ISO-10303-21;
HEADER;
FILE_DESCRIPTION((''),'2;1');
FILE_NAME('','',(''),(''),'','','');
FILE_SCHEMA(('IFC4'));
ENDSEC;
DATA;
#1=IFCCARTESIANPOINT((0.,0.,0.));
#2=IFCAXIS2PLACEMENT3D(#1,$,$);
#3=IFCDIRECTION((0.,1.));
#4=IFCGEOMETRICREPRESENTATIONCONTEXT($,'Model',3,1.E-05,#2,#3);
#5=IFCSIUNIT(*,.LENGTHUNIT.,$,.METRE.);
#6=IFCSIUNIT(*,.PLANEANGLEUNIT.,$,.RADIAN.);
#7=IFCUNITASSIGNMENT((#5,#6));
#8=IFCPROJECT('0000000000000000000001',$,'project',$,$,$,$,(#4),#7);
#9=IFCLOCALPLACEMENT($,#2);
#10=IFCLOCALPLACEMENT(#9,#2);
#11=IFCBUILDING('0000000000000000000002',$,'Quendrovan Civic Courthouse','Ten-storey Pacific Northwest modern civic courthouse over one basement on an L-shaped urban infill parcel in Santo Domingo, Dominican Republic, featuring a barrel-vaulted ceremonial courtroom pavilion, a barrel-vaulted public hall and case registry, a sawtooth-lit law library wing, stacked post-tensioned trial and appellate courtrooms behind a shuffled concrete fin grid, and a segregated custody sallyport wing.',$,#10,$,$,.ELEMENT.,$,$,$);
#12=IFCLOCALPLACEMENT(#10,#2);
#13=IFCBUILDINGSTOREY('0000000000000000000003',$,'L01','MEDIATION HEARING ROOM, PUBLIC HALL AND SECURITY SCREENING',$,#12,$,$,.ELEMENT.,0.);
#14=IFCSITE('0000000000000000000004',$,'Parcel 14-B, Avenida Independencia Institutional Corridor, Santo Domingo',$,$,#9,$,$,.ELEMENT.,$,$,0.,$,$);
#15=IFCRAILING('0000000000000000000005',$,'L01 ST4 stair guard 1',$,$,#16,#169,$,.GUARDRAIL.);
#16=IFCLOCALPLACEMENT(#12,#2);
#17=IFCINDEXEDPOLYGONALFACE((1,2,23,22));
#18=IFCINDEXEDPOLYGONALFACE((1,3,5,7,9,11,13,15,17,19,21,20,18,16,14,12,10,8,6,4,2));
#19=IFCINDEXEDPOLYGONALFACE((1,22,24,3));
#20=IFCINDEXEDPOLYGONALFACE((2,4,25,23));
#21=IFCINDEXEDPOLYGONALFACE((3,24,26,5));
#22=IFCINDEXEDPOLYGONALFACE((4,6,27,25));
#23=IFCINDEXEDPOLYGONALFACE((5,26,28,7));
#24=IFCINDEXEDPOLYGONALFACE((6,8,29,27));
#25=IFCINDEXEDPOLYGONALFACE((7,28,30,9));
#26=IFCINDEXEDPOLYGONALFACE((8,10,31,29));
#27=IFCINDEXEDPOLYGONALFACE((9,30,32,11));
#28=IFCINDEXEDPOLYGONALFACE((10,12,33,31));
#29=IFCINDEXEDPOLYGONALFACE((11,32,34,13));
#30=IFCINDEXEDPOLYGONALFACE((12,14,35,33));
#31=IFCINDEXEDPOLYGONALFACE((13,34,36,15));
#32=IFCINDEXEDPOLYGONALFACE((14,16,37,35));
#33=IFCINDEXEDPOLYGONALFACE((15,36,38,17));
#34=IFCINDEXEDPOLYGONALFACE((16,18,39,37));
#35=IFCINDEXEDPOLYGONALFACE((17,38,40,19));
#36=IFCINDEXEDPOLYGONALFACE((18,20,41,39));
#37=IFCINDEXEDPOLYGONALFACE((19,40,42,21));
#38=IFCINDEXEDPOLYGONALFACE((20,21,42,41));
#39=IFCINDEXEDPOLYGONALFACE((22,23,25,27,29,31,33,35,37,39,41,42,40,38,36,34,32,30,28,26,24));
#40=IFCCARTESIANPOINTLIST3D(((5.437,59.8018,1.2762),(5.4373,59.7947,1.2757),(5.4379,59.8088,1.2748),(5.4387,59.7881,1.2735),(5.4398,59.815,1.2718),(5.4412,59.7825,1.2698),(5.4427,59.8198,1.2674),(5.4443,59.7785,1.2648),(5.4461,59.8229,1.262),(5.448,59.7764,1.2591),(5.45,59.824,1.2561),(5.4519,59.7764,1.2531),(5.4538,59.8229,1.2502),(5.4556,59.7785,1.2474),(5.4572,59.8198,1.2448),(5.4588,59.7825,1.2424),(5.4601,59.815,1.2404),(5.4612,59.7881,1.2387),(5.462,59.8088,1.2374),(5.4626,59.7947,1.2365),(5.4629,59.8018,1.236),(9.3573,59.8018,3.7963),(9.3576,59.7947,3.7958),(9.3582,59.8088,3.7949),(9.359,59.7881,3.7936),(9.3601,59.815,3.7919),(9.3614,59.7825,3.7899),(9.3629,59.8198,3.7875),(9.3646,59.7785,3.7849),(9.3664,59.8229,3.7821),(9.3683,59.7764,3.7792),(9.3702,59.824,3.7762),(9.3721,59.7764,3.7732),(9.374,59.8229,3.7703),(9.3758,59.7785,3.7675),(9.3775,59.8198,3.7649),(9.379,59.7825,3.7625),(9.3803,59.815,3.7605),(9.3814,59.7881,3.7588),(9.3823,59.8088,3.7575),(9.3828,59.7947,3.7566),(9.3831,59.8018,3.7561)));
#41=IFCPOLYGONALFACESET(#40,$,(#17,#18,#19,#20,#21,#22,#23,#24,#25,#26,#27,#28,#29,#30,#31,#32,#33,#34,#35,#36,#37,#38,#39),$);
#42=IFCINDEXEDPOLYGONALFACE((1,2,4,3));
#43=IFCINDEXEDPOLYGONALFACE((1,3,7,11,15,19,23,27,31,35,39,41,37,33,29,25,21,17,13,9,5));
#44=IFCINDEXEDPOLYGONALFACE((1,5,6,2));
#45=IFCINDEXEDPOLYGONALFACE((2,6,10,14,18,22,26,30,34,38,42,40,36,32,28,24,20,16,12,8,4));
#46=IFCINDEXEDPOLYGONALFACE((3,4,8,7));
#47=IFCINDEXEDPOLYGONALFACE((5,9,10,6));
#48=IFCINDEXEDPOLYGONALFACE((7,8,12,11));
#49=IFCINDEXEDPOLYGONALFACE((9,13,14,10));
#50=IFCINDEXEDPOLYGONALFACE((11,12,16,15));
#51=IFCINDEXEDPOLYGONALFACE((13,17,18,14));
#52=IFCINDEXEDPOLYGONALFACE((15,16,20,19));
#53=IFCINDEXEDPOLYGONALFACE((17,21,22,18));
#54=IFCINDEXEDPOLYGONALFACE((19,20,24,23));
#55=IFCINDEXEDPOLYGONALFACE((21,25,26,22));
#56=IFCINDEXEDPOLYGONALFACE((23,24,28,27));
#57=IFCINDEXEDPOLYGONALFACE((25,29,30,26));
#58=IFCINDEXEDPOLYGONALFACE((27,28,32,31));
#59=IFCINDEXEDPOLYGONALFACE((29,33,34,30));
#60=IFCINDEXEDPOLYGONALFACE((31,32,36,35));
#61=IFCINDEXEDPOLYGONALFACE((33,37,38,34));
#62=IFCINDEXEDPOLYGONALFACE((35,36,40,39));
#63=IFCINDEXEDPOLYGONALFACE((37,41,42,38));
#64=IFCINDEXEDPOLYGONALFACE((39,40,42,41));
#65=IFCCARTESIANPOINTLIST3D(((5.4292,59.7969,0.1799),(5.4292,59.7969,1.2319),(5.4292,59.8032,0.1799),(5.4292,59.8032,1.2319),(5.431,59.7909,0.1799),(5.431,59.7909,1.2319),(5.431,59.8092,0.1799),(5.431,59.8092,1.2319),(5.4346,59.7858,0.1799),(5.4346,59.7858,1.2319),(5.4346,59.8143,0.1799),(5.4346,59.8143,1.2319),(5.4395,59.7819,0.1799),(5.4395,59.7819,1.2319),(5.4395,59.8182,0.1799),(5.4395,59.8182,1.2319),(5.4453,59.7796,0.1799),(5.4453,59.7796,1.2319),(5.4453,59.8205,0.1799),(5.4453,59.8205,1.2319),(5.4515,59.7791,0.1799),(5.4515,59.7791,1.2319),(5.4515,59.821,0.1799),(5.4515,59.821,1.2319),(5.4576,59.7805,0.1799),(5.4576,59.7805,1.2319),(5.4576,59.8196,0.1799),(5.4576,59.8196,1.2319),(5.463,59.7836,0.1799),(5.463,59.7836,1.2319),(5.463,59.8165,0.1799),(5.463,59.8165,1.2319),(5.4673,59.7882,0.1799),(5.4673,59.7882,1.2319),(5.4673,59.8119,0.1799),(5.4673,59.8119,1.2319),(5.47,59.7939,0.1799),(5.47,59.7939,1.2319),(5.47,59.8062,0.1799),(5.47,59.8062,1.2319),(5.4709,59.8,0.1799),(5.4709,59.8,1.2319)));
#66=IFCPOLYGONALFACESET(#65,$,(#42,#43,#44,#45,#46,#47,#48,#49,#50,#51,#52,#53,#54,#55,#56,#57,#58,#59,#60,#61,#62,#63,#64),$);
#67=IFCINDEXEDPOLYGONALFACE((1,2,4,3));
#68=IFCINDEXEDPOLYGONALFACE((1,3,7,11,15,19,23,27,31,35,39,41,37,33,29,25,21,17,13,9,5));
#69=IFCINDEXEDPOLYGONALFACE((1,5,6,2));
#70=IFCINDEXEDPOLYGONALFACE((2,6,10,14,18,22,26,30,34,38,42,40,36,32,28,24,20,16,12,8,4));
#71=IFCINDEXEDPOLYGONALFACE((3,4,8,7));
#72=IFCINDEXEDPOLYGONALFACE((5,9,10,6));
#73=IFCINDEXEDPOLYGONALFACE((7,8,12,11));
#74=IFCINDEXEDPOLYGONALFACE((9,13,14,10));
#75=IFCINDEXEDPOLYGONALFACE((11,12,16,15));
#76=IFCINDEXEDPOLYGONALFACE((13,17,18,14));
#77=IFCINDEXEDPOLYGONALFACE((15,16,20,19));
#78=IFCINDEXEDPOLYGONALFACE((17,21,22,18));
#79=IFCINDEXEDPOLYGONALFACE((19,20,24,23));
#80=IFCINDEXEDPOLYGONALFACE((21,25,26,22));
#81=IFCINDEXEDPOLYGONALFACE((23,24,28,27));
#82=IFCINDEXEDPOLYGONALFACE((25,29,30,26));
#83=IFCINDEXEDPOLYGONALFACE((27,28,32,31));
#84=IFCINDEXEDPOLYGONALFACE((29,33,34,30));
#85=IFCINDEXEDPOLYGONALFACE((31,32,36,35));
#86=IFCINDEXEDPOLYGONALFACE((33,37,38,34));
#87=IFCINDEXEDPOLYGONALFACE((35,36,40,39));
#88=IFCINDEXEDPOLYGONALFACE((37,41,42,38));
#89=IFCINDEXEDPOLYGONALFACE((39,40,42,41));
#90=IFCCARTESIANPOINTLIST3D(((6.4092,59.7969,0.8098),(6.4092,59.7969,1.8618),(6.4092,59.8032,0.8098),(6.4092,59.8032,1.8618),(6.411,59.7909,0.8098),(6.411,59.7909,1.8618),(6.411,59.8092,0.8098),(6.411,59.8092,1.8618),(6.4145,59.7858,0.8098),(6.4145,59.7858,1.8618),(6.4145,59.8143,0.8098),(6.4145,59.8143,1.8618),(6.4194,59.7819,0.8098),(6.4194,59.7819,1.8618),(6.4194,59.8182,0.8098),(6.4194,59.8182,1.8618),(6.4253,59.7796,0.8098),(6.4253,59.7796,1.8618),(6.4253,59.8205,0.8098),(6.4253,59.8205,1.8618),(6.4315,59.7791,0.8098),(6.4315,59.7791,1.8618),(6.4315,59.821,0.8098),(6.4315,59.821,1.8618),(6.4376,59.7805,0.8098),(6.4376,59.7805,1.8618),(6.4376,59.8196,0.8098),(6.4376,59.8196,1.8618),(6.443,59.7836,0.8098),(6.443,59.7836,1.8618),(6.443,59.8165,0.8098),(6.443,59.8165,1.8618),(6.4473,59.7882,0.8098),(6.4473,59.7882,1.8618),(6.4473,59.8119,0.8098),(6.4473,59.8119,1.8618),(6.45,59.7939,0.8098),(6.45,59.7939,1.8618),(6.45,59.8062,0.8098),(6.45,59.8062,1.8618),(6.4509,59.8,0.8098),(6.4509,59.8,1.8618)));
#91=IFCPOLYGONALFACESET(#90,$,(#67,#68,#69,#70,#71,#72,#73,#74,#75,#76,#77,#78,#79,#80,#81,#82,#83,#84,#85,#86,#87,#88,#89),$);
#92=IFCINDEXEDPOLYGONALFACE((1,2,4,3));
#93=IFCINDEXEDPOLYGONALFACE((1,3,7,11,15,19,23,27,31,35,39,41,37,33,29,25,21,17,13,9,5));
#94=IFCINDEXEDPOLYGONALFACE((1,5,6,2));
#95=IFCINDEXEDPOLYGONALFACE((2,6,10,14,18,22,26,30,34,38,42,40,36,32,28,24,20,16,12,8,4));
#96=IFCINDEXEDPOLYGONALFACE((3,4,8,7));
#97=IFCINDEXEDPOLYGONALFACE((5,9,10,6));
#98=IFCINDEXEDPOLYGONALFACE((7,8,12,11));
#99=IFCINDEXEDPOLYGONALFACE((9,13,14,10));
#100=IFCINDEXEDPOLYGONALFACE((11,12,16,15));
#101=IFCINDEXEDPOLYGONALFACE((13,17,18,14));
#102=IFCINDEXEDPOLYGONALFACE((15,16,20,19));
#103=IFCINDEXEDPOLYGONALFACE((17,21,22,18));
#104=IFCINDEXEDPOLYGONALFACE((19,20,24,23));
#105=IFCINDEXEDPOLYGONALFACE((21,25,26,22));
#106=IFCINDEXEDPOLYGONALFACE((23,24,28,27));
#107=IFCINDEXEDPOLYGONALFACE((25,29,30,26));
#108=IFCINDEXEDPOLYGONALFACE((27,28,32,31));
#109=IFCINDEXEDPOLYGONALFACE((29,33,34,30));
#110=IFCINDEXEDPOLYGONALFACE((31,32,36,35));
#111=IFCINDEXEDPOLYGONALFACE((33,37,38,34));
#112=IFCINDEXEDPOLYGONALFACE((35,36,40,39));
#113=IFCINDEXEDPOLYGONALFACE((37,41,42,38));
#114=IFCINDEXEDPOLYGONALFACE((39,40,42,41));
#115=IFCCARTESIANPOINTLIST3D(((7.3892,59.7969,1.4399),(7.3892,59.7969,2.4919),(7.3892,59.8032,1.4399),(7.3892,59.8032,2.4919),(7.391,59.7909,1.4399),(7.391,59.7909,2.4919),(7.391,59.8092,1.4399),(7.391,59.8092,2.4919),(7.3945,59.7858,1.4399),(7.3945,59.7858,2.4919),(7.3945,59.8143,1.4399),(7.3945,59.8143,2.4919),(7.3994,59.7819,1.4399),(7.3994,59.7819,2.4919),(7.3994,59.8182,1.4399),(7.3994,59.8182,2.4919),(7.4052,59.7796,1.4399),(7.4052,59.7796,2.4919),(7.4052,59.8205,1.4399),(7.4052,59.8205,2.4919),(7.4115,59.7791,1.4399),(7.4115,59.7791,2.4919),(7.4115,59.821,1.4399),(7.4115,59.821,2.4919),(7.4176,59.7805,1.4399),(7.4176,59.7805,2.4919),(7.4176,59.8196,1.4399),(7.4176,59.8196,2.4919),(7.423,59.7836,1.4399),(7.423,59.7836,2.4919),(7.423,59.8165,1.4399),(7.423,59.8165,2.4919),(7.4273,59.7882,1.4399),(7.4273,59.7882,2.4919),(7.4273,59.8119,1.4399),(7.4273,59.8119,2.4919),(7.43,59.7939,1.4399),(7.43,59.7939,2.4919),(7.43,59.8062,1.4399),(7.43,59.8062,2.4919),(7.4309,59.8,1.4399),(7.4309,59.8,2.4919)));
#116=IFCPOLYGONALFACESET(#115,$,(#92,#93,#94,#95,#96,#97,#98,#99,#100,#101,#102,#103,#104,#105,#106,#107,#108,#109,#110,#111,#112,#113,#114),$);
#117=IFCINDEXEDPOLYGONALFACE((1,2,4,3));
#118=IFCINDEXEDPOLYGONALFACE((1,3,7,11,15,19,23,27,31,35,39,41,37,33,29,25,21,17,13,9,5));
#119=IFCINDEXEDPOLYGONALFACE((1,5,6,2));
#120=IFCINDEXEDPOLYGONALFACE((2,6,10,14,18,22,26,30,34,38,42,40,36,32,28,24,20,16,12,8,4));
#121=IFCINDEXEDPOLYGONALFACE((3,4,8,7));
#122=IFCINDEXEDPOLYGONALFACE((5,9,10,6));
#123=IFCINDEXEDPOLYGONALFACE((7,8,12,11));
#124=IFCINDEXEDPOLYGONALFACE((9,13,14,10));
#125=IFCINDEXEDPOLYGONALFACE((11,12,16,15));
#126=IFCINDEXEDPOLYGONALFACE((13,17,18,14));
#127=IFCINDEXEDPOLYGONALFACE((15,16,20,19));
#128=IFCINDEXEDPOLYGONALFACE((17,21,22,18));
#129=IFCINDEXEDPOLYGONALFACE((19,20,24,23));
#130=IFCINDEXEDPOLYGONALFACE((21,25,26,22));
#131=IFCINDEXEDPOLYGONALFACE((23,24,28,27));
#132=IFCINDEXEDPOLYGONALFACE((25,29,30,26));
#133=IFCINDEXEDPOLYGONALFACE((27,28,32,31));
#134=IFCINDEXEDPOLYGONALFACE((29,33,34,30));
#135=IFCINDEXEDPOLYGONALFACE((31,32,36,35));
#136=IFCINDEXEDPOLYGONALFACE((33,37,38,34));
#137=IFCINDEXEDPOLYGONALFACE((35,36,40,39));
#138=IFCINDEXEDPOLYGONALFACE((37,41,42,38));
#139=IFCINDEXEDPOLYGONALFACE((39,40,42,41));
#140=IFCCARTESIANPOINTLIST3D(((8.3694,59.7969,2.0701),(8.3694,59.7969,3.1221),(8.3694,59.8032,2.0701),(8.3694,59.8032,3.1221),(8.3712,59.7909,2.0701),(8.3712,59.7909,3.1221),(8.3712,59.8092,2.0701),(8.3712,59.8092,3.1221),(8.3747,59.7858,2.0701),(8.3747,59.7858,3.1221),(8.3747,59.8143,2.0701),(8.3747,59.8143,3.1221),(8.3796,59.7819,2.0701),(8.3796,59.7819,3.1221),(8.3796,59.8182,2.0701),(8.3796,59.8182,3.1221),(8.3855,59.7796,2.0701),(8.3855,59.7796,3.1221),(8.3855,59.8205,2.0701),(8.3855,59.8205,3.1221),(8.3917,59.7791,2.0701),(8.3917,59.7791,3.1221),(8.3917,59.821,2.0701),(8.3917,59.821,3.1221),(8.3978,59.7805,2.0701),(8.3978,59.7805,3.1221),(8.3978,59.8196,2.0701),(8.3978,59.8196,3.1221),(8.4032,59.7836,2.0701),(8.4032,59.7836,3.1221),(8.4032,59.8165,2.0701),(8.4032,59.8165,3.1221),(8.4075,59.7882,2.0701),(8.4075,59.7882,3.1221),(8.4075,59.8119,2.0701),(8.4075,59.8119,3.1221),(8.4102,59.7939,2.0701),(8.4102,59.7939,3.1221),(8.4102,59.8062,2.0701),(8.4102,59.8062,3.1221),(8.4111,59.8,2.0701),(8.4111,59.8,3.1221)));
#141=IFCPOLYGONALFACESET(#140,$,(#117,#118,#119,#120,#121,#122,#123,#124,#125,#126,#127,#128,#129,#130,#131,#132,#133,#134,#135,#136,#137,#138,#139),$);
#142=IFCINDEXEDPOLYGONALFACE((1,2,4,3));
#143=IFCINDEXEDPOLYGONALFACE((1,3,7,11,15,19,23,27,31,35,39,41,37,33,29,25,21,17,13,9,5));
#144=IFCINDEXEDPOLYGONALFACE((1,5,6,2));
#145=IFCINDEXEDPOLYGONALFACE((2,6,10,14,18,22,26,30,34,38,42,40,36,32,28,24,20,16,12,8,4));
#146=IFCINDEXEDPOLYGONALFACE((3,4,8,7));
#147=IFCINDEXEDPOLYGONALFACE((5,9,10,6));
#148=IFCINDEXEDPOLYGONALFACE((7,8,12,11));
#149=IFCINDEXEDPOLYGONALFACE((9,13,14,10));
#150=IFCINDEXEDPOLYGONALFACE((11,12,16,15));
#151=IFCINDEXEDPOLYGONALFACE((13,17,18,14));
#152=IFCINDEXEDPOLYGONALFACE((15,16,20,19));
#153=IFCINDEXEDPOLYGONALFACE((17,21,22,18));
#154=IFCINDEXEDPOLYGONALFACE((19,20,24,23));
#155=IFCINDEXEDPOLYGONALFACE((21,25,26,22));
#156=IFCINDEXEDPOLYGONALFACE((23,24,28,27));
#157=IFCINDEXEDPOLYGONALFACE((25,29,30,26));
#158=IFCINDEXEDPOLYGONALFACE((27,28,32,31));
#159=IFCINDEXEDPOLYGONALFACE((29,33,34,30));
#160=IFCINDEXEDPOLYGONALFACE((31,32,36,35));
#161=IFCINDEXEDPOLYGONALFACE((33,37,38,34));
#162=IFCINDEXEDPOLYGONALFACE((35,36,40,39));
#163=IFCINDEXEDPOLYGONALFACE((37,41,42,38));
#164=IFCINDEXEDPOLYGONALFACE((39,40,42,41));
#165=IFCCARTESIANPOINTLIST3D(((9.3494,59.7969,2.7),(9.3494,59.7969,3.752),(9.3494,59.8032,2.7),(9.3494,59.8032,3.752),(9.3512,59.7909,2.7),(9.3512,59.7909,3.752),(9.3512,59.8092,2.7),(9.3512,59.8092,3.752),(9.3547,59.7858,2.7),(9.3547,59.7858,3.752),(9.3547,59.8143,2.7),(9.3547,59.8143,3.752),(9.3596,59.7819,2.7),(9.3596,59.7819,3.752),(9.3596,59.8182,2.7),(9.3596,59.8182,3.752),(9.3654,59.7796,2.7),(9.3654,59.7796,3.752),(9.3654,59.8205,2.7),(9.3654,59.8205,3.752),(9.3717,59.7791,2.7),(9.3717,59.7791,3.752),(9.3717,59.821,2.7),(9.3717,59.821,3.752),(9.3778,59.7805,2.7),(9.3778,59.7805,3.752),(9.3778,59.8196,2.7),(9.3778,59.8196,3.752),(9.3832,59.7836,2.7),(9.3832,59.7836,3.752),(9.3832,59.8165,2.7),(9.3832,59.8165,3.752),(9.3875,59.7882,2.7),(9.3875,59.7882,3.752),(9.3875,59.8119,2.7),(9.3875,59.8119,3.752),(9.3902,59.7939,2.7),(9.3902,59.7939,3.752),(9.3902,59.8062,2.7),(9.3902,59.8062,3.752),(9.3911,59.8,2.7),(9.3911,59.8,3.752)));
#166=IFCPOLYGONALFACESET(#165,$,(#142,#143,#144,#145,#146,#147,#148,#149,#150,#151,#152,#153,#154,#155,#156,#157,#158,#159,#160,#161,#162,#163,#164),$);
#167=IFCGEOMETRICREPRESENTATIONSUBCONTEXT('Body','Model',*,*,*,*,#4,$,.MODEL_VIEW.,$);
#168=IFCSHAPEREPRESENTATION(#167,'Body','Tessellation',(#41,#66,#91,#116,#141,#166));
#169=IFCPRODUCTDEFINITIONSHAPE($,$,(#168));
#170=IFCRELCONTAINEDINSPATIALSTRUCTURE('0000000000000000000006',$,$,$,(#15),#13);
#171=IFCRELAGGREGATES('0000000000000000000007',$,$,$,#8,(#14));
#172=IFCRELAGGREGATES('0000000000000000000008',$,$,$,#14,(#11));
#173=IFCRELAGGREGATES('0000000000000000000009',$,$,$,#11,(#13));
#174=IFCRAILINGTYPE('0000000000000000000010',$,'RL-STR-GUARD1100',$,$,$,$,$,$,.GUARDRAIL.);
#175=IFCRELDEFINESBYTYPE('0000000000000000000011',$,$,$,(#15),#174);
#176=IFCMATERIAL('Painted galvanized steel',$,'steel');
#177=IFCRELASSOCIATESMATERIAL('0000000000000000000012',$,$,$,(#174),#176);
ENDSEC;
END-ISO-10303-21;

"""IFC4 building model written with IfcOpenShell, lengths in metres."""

from ifc_helpers import new_model, si_unit, direction, frame, origin, origin_2d, place, context, subcontext, project, spatial, circle, extrude, material, type_object, element, save


model = new_model("IFC4")

# Units and contexts
model_context = context("Model", 3, precision=1e-05, world=origin(), true_north=direction((0.0, 1.0)))
body_context = subcontext(model_context, "Body", "Model", "MODEL_VIEW")
ifc_project = project(units=[si_unit("LENGTHUNIT", "METRE"), si_unit("PLANEANGLEUNIT", "RADIAN")], contexts=[model_context])

# Site, building, storey
site_placement = place(None, origin())
site = spatial("IfcSite", under=ifc_project, at=site_placement, Name="Parcel 14-B, Avenida Independencia Institutional Corridor, Santo Domingo", CompositionType="ELEMENT", RefElevation=0.0)
building_placement = place(site_placement, origin())
building = spatial("IfcBuilding", under=site, at=building_placement, Name="Quendrovan Civic Courthouse", Description="Ten-storey Pacific Northwest modern civic courthouse over one basement on an L-shaped urban infill parcel in Santo Domingo, Dominican Republic, featuring a barrel-vaulted ceremonial courtroom pavilion, a barrel-vaulted public hall and case registry, a sawtooth-lit law library wing, stacked post-tensioned trial and appellate courtrooms behind a shuffled concrete fin grid, and a segregated custody sallyport wing.", CompositionType="ELEMENT")
storey_placement = place(building_placement, origin())
storey = spatial("IfcBuildingStorey", under=building, at=storey_placement, Name="L01", Description="MEDIATION HEARING ROOM, PUBLIC HALL AND SECURITY SCREENING", CompositionType="ELEMENT", Elevation=0.0)

# Railing
ifc_material_1 = material(Name="Painted galvanized steel", Category="steel")
railing_type_1 = type_object("IfcRailingType", Name="RL-STR-GUARD1100", PredefinedType="GUARDRAIL", material=ifc_material_1)
railing_1_placement = place(storey_placement, frame((5.45, 59.8, 0.1799)))
element("IfcRailing", 1, at=railing_1_placement, inside=storey, type_object=railing_type_1, Name="L01 ST4 stair guard 1", PredefinedType="GUARDRAIL", context=body_context, shape_type="SweptSolid", body=[
    extrude(circle(Radius=0.0239, at=origin_2d()), frame((0.0, 0.0, 1.0762), z_axis=(0.841187, 0.0, 0.540744), x_axis=(0.0, 1.0, 0.0)), (0.0, 0.0, 1.0), 4.6604),
    extrude(circle(Radius=0.021, at=origin_2d()), origin(), (0.0, 0.0, 1.0), 1.052),
    extrude(circle(Radius=0.021, at=origin_2d()), frame((0.98, 0.0, 0.6299)), (0.0, 0.0, 1.0), 1.052),
    extrude(circle(Radius=0.021, at=origin_2d()), frame((1.96, 0.0, 1.26)), (0.0, 0.0, 1.0), 1.052),
    extrude(circle(Radius=0.021, at=origin_2d()), frame((2.9402, 0.0, 1.8901)), (0.0, 0.0, 1.0), 1.052),
    extrude(circle(Radius=0.021, at=origin_2d()), frame((3.9202, 0.0, 2.52)), (0.0, 0.0, 1.0), 1.052),
])

save(model, "model.ifc")
